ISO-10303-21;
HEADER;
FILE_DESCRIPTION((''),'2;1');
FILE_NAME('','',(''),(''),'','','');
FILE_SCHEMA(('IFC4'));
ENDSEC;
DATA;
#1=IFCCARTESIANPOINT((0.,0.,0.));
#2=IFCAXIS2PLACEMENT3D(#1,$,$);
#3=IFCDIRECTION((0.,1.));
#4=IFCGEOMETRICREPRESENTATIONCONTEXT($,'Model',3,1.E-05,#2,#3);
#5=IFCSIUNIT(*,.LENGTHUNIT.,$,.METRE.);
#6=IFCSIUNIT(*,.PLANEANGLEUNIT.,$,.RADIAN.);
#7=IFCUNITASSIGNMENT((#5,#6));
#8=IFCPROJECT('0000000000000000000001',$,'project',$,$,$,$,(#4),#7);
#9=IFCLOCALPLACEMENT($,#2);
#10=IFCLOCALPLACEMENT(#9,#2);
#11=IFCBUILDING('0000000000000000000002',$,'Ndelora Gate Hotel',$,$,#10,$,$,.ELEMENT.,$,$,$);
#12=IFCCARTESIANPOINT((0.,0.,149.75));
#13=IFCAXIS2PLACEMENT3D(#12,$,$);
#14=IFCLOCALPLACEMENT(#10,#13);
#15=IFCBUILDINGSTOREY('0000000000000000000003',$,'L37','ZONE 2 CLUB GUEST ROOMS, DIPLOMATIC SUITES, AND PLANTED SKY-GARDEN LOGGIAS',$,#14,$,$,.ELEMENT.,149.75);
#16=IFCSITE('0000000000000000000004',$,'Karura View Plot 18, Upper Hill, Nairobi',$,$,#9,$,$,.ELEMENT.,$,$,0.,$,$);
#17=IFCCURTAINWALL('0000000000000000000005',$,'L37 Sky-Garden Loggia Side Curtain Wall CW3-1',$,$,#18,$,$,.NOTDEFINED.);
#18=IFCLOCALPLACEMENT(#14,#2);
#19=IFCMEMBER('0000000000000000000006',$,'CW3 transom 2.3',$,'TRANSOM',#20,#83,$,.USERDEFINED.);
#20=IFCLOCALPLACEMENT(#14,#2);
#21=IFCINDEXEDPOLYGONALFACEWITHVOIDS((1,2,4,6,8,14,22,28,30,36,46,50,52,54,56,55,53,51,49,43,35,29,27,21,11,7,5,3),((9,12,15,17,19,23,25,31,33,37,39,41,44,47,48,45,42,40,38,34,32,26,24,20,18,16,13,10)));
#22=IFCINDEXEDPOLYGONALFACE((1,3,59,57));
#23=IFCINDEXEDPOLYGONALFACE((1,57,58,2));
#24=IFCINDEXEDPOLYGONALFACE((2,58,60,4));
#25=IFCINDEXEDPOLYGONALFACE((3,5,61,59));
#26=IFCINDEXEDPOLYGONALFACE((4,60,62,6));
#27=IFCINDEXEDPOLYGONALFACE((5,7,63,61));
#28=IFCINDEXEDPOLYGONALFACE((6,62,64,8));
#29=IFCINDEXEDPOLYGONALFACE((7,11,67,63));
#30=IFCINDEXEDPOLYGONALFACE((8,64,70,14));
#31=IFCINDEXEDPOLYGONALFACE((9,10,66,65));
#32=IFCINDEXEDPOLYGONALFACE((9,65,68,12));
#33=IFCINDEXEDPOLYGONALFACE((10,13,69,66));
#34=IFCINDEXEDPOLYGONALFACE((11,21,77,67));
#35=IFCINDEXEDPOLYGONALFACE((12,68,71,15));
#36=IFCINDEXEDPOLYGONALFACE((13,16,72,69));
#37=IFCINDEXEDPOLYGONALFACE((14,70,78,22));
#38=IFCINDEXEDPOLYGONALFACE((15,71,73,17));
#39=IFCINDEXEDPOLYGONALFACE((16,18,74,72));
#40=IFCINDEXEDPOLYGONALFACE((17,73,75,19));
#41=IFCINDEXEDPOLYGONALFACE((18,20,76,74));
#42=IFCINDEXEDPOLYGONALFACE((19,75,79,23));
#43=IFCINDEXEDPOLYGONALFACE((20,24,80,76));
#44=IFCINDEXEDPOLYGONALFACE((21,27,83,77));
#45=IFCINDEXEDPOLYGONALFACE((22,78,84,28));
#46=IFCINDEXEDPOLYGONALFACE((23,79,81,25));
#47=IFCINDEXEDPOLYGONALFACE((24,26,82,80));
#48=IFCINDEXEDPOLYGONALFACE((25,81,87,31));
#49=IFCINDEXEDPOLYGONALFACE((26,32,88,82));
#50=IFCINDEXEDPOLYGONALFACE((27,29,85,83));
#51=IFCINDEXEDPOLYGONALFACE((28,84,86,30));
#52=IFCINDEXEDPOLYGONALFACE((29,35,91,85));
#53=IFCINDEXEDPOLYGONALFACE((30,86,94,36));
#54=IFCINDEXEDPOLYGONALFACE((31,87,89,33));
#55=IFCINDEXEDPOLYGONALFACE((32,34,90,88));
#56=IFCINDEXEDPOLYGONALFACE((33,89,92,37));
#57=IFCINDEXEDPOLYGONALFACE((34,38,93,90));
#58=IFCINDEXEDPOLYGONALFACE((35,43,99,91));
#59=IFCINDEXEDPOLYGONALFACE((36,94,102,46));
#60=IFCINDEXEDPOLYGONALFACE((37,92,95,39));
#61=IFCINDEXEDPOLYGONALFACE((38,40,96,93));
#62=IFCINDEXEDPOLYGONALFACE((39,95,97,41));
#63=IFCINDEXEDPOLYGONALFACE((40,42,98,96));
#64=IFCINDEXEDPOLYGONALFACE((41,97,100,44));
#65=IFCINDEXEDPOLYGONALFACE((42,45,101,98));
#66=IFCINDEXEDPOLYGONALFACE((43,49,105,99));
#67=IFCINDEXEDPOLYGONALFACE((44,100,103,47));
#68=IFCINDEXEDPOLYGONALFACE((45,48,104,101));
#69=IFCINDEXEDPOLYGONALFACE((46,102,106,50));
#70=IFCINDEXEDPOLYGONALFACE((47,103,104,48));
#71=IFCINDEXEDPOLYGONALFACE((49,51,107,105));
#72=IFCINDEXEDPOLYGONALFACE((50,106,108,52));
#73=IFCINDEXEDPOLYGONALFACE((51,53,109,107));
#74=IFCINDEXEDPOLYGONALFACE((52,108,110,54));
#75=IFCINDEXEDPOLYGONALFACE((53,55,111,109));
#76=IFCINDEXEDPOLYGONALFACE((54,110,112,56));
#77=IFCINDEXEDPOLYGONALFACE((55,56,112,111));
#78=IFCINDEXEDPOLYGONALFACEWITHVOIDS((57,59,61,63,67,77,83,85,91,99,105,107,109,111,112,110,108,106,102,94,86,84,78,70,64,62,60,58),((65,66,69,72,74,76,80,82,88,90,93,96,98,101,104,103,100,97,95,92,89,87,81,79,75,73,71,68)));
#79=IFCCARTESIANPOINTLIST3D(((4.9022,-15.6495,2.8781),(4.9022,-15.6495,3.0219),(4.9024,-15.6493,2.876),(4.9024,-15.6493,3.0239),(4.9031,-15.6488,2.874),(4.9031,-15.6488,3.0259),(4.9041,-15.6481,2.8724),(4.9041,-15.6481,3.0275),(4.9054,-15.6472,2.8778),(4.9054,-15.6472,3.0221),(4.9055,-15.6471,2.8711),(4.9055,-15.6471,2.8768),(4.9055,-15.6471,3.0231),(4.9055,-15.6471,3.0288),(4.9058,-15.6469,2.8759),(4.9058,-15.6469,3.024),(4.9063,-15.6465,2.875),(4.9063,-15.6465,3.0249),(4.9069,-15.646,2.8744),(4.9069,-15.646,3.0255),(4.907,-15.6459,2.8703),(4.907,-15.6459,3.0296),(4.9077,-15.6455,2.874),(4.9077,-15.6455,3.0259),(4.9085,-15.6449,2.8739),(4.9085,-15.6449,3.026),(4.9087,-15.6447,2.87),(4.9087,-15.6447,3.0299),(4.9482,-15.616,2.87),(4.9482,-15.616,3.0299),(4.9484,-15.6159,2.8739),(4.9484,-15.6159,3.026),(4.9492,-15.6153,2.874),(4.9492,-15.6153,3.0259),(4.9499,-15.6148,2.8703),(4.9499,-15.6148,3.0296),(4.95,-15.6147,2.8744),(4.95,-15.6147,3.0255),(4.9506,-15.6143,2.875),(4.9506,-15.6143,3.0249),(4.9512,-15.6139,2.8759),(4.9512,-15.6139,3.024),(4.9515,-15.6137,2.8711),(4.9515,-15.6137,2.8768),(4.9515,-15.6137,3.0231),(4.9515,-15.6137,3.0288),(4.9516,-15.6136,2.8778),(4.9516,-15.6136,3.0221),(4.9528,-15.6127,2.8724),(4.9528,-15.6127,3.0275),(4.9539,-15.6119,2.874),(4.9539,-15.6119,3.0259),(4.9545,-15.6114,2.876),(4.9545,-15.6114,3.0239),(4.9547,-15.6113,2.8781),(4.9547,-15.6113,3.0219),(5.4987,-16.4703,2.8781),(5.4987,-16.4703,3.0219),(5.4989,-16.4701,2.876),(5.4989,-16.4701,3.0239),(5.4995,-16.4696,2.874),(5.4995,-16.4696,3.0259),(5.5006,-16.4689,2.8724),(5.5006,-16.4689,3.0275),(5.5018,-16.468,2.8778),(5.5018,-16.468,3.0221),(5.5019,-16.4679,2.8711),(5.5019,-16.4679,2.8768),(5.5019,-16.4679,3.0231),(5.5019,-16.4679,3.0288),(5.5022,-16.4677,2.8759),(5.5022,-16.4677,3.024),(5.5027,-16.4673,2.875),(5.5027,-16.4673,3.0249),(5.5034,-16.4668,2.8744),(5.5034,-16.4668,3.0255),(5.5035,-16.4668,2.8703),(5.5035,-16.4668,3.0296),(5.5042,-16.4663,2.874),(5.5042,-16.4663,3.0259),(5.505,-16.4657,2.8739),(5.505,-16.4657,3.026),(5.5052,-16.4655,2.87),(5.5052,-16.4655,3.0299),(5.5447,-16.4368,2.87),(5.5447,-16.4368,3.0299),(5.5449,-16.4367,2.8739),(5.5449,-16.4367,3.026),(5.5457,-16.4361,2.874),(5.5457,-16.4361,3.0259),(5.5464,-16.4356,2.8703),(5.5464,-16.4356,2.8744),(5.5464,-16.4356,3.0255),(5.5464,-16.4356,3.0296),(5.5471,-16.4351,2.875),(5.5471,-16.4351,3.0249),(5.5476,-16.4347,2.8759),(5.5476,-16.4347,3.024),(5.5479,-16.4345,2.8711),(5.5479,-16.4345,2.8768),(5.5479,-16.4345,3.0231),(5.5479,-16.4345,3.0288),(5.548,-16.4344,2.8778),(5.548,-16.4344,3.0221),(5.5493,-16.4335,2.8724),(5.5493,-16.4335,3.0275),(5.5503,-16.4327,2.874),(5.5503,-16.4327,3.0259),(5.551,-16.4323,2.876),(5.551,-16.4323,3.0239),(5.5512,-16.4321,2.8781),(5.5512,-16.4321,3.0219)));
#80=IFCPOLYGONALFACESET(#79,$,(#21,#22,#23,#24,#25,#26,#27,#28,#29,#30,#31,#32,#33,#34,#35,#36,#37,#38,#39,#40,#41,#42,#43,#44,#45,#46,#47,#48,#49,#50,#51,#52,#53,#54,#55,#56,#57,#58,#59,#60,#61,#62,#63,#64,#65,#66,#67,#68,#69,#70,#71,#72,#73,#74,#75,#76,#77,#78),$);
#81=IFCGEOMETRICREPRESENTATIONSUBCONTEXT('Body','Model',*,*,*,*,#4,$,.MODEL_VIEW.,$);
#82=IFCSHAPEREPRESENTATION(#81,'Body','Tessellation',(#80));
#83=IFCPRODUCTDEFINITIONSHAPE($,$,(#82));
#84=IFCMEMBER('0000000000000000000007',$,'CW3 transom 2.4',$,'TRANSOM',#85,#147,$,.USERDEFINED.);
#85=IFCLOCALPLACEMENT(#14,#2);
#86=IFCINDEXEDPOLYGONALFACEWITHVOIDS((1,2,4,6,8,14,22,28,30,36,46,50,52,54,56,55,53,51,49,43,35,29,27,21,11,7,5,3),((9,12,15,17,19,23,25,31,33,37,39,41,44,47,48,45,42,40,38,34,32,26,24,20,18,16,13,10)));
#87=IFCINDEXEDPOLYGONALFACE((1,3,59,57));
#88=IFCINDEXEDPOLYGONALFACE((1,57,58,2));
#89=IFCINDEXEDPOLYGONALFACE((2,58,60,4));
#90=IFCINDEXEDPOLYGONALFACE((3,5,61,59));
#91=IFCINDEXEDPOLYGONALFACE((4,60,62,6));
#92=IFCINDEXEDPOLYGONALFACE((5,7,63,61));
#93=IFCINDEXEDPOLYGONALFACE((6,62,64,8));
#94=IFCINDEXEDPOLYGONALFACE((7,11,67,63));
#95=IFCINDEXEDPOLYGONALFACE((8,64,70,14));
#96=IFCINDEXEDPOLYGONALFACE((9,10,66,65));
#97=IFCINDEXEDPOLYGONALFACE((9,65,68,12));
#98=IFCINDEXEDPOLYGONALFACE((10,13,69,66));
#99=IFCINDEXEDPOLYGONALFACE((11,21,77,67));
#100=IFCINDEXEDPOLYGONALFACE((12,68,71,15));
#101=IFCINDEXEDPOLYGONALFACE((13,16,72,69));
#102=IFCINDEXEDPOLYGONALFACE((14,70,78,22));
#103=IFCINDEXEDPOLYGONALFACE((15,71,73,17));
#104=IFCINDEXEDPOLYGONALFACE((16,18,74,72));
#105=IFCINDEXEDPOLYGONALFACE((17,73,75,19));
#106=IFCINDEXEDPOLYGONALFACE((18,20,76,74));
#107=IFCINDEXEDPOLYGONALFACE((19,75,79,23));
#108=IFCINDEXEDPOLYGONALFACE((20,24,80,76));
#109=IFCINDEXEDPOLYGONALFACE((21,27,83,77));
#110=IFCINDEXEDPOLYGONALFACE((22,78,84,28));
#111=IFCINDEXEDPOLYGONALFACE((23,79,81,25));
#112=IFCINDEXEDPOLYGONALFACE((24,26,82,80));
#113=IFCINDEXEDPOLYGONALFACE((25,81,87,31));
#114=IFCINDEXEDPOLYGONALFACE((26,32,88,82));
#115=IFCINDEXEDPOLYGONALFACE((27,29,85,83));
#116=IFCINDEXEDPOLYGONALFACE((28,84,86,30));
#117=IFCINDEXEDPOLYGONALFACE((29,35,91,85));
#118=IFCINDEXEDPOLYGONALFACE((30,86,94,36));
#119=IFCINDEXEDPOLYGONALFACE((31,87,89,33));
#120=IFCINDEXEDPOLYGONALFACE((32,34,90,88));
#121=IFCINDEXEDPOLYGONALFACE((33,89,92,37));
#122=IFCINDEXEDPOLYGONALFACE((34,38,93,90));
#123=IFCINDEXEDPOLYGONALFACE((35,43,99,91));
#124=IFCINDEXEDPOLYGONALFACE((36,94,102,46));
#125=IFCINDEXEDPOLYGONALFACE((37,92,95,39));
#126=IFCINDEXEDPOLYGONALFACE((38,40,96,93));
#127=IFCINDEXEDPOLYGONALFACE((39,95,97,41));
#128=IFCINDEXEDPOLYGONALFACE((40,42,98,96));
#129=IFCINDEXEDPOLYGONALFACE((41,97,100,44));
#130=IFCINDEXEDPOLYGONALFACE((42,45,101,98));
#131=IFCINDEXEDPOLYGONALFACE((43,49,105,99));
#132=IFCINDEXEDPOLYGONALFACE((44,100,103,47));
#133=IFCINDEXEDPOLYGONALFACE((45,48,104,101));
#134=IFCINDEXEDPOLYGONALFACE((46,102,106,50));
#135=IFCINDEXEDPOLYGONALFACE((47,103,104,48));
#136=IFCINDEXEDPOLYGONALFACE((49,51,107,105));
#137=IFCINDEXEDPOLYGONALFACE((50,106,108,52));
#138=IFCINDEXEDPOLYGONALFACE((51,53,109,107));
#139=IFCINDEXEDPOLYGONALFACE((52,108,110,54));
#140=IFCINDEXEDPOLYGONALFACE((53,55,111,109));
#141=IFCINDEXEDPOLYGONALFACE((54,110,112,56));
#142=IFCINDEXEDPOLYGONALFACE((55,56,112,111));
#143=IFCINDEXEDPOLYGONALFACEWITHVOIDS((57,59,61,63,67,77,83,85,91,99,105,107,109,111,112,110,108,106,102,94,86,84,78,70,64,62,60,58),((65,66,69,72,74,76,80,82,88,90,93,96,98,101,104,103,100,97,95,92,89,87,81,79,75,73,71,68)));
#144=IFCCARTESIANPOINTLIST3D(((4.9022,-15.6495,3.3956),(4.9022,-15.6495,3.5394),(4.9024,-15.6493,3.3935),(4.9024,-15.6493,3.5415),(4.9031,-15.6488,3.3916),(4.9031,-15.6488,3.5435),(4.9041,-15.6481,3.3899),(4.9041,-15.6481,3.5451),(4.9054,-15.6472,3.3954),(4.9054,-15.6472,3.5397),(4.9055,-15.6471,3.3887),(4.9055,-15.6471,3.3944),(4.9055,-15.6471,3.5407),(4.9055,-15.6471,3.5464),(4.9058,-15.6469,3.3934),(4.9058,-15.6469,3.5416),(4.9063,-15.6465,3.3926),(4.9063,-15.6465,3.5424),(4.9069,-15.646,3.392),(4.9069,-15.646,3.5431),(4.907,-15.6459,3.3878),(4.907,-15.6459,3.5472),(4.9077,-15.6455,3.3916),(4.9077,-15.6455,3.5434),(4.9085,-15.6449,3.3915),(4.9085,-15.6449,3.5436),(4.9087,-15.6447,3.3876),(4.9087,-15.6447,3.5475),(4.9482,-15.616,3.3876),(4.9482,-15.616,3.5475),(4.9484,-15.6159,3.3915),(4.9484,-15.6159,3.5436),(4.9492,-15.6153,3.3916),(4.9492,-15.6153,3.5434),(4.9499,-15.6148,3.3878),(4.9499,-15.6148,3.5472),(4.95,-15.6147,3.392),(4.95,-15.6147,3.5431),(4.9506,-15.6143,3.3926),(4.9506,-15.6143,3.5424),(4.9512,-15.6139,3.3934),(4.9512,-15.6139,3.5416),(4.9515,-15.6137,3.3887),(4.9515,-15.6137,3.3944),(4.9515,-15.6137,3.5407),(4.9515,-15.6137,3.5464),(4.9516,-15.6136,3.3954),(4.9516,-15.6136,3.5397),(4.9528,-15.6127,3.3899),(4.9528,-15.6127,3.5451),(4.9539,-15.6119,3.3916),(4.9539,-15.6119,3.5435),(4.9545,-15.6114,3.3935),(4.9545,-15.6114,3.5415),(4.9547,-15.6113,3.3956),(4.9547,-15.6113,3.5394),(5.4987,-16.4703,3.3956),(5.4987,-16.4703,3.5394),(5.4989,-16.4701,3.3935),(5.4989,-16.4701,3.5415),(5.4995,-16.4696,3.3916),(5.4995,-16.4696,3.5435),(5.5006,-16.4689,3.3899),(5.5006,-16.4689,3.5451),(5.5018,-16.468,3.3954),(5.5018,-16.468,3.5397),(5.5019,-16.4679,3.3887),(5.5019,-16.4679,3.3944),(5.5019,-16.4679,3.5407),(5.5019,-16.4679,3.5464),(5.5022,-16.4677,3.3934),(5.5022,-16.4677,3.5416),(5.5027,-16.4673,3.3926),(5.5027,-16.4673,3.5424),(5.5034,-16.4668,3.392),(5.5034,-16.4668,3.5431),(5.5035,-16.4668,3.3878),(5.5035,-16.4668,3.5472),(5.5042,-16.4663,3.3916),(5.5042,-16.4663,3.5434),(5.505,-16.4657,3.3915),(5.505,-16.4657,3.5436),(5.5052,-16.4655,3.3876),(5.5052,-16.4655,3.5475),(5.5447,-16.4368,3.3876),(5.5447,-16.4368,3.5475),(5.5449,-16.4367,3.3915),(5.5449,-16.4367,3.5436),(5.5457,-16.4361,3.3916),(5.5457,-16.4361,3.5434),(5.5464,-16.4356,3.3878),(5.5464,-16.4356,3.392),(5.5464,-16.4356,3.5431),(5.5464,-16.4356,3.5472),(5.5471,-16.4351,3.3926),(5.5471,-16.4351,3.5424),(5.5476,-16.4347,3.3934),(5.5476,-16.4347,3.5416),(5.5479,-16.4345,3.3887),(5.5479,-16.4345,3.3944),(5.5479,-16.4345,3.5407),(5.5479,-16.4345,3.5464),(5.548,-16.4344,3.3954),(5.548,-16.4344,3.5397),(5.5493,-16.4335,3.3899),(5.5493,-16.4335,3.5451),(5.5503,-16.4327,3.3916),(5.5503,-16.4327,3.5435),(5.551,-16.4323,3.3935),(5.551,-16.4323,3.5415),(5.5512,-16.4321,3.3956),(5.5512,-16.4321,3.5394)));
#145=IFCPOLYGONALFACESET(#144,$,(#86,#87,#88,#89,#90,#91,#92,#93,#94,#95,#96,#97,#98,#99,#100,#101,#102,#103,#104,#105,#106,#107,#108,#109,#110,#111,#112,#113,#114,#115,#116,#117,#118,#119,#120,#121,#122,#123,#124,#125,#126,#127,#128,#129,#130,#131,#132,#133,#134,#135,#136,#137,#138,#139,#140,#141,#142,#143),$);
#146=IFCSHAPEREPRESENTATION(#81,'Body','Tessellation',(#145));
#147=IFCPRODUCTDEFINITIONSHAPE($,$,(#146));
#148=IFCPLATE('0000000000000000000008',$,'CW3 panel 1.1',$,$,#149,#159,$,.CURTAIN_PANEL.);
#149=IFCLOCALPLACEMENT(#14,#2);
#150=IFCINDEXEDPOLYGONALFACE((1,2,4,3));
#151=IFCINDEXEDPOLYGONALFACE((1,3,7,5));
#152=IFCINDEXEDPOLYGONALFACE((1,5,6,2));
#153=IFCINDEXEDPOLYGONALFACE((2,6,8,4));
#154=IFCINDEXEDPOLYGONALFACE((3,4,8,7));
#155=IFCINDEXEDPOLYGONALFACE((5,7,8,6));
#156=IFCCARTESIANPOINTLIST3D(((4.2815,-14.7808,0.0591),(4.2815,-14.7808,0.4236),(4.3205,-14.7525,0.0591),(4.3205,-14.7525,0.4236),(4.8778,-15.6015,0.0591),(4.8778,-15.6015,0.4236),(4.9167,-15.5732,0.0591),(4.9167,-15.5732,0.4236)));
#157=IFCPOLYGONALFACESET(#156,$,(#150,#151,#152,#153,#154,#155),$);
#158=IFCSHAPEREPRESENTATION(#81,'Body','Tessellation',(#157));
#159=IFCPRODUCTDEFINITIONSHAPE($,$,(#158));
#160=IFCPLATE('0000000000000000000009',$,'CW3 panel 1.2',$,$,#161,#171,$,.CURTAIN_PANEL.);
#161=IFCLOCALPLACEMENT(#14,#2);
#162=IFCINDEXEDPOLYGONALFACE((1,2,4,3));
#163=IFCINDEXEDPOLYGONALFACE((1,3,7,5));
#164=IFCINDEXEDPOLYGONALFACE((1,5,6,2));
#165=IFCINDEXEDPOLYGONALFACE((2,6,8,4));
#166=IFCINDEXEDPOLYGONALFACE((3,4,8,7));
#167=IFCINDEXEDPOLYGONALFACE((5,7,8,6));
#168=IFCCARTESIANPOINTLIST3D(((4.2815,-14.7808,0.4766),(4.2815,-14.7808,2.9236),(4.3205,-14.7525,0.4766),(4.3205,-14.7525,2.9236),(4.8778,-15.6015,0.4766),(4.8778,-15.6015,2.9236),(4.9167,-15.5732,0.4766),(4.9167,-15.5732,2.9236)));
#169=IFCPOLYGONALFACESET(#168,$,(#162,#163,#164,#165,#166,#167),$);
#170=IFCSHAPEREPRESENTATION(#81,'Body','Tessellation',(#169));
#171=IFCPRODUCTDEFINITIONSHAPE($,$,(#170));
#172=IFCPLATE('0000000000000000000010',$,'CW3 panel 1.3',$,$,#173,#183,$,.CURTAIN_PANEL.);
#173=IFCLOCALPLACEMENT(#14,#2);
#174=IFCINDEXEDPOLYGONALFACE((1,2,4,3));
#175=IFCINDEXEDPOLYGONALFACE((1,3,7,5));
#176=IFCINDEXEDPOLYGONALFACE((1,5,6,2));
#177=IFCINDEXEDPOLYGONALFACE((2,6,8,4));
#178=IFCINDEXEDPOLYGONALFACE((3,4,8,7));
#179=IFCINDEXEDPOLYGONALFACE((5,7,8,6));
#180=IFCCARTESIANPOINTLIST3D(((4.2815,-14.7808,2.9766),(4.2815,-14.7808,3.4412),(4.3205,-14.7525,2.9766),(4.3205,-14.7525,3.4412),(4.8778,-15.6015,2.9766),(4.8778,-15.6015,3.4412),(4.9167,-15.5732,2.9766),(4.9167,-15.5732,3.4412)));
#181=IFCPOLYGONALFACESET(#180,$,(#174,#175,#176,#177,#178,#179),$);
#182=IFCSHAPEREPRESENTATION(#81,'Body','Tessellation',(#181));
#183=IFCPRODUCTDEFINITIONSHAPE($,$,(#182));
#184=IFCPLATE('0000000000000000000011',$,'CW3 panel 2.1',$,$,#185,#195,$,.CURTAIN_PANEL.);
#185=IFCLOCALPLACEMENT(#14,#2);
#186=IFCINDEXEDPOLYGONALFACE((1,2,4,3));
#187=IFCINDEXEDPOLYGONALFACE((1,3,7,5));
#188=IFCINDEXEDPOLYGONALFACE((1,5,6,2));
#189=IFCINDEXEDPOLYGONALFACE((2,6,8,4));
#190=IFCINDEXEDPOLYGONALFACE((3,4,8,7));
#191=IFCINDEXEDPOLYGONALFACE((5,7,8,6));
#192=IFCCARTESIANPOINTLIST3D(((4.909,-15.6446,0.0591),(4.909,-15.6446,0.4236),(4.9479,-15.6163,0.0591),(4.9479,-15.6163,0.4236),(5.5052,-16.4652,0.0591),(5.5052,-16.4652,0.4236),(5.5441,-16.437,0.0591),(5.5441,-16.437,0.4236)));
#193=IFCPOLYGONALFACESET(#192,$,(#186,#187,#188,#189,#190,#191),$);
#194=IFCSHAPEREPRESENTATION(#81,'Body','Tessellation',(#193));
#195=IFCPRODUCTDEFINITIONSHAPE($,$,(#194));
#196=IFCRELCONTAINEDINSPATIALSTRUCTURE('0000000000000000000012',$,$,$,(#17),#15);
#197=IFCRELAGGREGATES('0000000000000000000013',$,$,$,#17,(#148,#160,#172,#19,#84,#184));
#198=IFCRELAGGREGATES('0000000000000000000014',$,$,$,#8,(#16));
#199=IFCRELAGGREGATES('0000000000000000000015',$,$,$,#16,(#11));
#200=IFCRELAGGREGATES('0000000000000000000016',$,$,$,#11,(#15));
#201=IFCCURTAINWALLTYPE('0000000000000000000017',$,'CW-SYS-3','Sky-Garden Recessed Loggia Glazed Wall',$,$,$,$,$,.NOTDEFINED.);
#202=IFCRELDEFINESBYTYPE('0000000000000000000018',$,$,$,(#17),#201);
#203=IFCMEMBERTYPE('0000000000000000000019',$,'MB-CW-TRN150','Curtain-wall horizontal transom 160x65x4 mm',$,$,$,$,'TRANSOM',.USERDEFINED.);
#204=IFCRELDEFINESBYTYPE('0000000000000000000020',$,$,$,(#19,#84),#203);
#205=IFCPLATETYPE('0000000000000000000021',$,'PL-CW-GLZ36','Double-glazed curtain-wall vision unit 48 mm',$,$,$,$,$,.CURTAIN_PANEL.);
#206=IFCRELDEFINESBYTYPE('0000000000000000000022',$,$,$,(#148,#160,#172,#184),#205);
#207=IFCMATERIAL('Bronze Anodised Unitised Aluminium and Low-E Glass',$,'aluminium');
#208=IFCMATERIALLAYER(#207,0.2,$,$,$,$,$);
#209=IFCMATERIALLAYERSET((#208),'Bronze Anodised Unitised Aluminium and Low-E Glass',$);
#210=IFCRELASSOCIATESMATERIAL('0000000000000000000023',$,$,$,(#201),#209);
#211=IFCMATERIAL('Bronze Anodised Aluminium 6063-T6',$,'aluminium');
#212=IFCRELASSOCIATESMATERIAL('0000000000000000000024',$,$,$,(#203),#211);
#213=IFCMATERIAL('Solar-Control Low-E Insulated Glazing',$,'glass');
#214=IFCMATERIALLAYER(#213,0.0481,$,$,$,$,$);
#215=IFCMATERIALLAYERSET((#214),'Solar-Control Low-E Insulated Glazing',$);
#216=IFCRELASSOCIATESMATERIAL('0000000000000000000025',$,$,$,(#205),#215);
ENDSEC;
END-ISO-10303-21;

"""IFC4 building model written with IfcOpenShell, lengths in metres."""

from ifc_helpers import new_model, si_unit, direction, frame, origin, origin_2d, place, context, subcontext, project, spatial, rectangle, hollow_rectangle, extrude, material, layer, layer_set, material_profile, profile_set, type_object, element, aggregate, save


model = new_model("IFC4")

# Units and contexts
model_context = context("Model", 3, precision=1e-05, world=origin(), true_north=direction((0.0, 1.0)))
body_context = subcontext(model_context, "Body", "Model", "MODEL_VIEW")
ifc_project = project(units=[si_unit("LENGTHUNIT", "METRE"), si_unit("PLANEANGLEUNIT", "RADIAN")], contexts=[model_context])

# Site, building, storey
site_placement = place(None, origin())
site = spatial("IfcSite", under=ifc_project, at=site_placement, Name="Karura View Plot 18, Upper Hill, Nairobi", CompositionType="ELEMENT", RefElevation=0.0)
building_placement = place(site_placement, origin())
building = spatial("IfcBuilding", under=site, at=building_placement, Name="Ndelora Gate Hotel", CompositionType="ELEMENT")
storey_placement = place(building_placement, frame((0.0, 0.0, 149.75)))
storey = spatial("IfcBuildingStorey", under=building, at=storey_placement, Name="L37", Description="ZONE 2 CLUB GUEST ROOMS, DIPLOMATIC SUITES, AND PLANTED SKY-GARDEN LOGGIAS", CompositionType="ELEMENT", Elevation=149.75)

# Curtain wall, members, plates
ifc_material_1 = material(Name="Bronze Anodised Unitised Aluminium and Low-E Glass", Category="aluminium")
ifc_layer_1 = layer(ifc_material_1, 0.2)
ifc_layer_set_1 = layer_set([ifc_layer_1], Name="Bronze Anodised Unitised Aluminium and Low-E Glass")
curtain_wall_type = type_object("IfcCurtainWallType", Name="CW-SYS-3", Description="Sky-Garden Recessed Loggia Glazed Wall", PredefinedType="NOTDEFINED", material=ifc_layer_set_1)
curtain_wall_placement = place(storey_placement, origin())
curtain_wall = element("IfcCurtainWall", 1, at=curtain_wall_placement, inside=storey, type_object=curtain_wall_type, Name="L37 Sky-Garden Loggia Side Curtain Wall CW3-1", PredefinedType="NOTDEFINED")
ifc_material_2 = material(Name="Bronze Anodised Aluminium 6063-T6", Category="aluminium")
ifc_material_profile_1 = material_profile(ifc_material_2, hollow_rectangle(XDim=0.0649, YDim=0.1599, WallThickness=0.0039, InnerFilletRadius=0.0039, OuterFilletRadius=0.0081, at=origin_2d()), Name="ALU 160x65x4")
ifc_profile_set_1 = profile_set([ifc_material_profile_1], Name="Bronze Anodised Aluminium 6063-T6")
member_type_1 = type_object("IfcMemberType", Name="MB-CW-TRN150", Description="Curtain-wall horizontal transom 160x65x4 mm", ElementType="TRANSOM", PredefinedType="USERDEFINED", material=ifc_profile_set_1)
member_1_placement = place(storey_placement, frame((4.9285, -15.6304, 2.95), z_axis=(0.587843, -0.808975, 0.0), x_axis=(0.808975, 0.587843, 0.0)))
member_1 = element("IfcMember", 2, at=member_1_placement, type_object=member_type_1, Name="CW3 transom 2.3", ObjectType="TRANSOM", PredefinedType="USERDEFINED", context=body_context, shape_type="SweptSolid", body=[
    extrude(hollow_rectangle(XDim=0.0649, YDim=0.1599, WallThickness=0.0039, InnerFilletRadius=0.0039, OuterFilletRadius=0.0081, at=origin_2d()), origin(), (0.0, 0.0, 1.0), 1.0146),
])
member_2_placement = place(storey_placement, frame((4.9285, -15.6304, 3.4675), z_axis=(0.587843, -0.808975, 0.0), x_axis=(0.808975, 0.587843, 0.0)))
member_2 = element("IfcMember", 3, at=member_2_placement, type_object=member_type_1, Name="CW3 transom 2.4", ObjectType="TRANSOM", PredefinedType="USERDEFINED", context=body_context, shape_type="SweptSolid", body=[
    extrude(hollow_rectangle(XDim=0.0649, YDim=0.1599, WallThickness=0.0039, InnerFilletRadius=0.0039, OuterFilletRadius=0.0081, at=origin_2d()), origin(), (0.0, 0.0, 1.0), 1.0146),
])
ifc_material_3 = material(Name="Solar-Control Low-E Insulated Glazing", Category="glass")
ifc_layer_2 = layer(ifc_material_3, 0.0481)
ifc_layer_set_2 = layer_set([ifc_layer_2], Name="Solar-Control Low-E Insulated Glazing")
plate_type_1 = type_object("IfcPlateType", Name="PL-CW-GLZ36", Description="Double-glazed curtain-wall vision unit 48 mm", PredefinedType="CURTAIN_PANEL", material=ifc_layer_set_2)
plate_1_placement = place(storey_placement, frame((4.5991, -15.177, 0.0591), z_axis=(0.0, 0.0, 1.0), x_axis=(0.587785, -0.809017, 0.0)))
plate_1 = element("IfcPlate", 4, at=plate_1_placement, type_object=plate_type_1, Name="CW3 panel 1.1", PredefinedType="CURTAIN_PANEL", context=body_context, shape_type="SweptSolid", body=[
    extrude(rectangle(XDim=1.0144, YDim=0.0481, at=origin_2d()), origin(), (0.0, 0.0, 1.0), 0.3645),
])
plate_2_placement = place(storey_placement, frame((4.5991, -15.177, 0.4766), z_axis=(0.0, 0.0, 1.0), x_axis=(0.587785, -0.809017, 0.0)))
plate_2 = element("IfcPlate", 5, at=plate_2_placement, type_object=plate_type_1, Name="CW3 panel 1.2", PredefinedType="CURTAIN_PANEL", context=body_context, shape_type="SweptSolid", body=[
    extrude(rectangle(XDim=1.0144, YDim=0.0481, at=origin_2d()), origin(), (0.0, 0.0, 1.0), 2.447),
])
plate_3_placement = place(storey_placement, frame((4.5991, -15.177, 2.9766), z_axis=(0.0, 0.0, 1.0), x_axis=(0.587785, -0.809017, 0.0)))
plate_3 = element("IfcPlate", 6, at=plate_3_placement, type_object=plate_type_1, Name="CW3 panel 1.3", PredefinedType="CURTAIN_PANEL", context=body_context, shape_type="SweptSolid", body=[
    extrude(rectangle(XDim=1.0144, YDim=0.0481, at=origin_2d()), origin(), (0.0, 0.0, 1.0), 0.4646),
])
plate_4_placement = place(storey_placement, frame((5.2266, -16.0408, 0.0591), z_axis=(0.0, 0.0, 1.0), x_axis=(0.587785, -0.809017, 0.0)))
plate_4 = element("IfcPlate", 7, at=plate_4_placement, type_object=plate_type_1, Name="CW3 panel 2.1", PredefinedType="CURTAIN_PANEL", context=body_context, shape_type="SweptSolid", body=[
    extrude(rectangle(XDim=1.0144, YDim=0.0481, at=origin_2d()), origin(), (0.0, 0.0, 1.0), 0.3645),
])
aggregate(curtain_wall, [plate_1, plate_2, plate_3, member_1, member_2, plate_4])

save(model, "model.ifc")
